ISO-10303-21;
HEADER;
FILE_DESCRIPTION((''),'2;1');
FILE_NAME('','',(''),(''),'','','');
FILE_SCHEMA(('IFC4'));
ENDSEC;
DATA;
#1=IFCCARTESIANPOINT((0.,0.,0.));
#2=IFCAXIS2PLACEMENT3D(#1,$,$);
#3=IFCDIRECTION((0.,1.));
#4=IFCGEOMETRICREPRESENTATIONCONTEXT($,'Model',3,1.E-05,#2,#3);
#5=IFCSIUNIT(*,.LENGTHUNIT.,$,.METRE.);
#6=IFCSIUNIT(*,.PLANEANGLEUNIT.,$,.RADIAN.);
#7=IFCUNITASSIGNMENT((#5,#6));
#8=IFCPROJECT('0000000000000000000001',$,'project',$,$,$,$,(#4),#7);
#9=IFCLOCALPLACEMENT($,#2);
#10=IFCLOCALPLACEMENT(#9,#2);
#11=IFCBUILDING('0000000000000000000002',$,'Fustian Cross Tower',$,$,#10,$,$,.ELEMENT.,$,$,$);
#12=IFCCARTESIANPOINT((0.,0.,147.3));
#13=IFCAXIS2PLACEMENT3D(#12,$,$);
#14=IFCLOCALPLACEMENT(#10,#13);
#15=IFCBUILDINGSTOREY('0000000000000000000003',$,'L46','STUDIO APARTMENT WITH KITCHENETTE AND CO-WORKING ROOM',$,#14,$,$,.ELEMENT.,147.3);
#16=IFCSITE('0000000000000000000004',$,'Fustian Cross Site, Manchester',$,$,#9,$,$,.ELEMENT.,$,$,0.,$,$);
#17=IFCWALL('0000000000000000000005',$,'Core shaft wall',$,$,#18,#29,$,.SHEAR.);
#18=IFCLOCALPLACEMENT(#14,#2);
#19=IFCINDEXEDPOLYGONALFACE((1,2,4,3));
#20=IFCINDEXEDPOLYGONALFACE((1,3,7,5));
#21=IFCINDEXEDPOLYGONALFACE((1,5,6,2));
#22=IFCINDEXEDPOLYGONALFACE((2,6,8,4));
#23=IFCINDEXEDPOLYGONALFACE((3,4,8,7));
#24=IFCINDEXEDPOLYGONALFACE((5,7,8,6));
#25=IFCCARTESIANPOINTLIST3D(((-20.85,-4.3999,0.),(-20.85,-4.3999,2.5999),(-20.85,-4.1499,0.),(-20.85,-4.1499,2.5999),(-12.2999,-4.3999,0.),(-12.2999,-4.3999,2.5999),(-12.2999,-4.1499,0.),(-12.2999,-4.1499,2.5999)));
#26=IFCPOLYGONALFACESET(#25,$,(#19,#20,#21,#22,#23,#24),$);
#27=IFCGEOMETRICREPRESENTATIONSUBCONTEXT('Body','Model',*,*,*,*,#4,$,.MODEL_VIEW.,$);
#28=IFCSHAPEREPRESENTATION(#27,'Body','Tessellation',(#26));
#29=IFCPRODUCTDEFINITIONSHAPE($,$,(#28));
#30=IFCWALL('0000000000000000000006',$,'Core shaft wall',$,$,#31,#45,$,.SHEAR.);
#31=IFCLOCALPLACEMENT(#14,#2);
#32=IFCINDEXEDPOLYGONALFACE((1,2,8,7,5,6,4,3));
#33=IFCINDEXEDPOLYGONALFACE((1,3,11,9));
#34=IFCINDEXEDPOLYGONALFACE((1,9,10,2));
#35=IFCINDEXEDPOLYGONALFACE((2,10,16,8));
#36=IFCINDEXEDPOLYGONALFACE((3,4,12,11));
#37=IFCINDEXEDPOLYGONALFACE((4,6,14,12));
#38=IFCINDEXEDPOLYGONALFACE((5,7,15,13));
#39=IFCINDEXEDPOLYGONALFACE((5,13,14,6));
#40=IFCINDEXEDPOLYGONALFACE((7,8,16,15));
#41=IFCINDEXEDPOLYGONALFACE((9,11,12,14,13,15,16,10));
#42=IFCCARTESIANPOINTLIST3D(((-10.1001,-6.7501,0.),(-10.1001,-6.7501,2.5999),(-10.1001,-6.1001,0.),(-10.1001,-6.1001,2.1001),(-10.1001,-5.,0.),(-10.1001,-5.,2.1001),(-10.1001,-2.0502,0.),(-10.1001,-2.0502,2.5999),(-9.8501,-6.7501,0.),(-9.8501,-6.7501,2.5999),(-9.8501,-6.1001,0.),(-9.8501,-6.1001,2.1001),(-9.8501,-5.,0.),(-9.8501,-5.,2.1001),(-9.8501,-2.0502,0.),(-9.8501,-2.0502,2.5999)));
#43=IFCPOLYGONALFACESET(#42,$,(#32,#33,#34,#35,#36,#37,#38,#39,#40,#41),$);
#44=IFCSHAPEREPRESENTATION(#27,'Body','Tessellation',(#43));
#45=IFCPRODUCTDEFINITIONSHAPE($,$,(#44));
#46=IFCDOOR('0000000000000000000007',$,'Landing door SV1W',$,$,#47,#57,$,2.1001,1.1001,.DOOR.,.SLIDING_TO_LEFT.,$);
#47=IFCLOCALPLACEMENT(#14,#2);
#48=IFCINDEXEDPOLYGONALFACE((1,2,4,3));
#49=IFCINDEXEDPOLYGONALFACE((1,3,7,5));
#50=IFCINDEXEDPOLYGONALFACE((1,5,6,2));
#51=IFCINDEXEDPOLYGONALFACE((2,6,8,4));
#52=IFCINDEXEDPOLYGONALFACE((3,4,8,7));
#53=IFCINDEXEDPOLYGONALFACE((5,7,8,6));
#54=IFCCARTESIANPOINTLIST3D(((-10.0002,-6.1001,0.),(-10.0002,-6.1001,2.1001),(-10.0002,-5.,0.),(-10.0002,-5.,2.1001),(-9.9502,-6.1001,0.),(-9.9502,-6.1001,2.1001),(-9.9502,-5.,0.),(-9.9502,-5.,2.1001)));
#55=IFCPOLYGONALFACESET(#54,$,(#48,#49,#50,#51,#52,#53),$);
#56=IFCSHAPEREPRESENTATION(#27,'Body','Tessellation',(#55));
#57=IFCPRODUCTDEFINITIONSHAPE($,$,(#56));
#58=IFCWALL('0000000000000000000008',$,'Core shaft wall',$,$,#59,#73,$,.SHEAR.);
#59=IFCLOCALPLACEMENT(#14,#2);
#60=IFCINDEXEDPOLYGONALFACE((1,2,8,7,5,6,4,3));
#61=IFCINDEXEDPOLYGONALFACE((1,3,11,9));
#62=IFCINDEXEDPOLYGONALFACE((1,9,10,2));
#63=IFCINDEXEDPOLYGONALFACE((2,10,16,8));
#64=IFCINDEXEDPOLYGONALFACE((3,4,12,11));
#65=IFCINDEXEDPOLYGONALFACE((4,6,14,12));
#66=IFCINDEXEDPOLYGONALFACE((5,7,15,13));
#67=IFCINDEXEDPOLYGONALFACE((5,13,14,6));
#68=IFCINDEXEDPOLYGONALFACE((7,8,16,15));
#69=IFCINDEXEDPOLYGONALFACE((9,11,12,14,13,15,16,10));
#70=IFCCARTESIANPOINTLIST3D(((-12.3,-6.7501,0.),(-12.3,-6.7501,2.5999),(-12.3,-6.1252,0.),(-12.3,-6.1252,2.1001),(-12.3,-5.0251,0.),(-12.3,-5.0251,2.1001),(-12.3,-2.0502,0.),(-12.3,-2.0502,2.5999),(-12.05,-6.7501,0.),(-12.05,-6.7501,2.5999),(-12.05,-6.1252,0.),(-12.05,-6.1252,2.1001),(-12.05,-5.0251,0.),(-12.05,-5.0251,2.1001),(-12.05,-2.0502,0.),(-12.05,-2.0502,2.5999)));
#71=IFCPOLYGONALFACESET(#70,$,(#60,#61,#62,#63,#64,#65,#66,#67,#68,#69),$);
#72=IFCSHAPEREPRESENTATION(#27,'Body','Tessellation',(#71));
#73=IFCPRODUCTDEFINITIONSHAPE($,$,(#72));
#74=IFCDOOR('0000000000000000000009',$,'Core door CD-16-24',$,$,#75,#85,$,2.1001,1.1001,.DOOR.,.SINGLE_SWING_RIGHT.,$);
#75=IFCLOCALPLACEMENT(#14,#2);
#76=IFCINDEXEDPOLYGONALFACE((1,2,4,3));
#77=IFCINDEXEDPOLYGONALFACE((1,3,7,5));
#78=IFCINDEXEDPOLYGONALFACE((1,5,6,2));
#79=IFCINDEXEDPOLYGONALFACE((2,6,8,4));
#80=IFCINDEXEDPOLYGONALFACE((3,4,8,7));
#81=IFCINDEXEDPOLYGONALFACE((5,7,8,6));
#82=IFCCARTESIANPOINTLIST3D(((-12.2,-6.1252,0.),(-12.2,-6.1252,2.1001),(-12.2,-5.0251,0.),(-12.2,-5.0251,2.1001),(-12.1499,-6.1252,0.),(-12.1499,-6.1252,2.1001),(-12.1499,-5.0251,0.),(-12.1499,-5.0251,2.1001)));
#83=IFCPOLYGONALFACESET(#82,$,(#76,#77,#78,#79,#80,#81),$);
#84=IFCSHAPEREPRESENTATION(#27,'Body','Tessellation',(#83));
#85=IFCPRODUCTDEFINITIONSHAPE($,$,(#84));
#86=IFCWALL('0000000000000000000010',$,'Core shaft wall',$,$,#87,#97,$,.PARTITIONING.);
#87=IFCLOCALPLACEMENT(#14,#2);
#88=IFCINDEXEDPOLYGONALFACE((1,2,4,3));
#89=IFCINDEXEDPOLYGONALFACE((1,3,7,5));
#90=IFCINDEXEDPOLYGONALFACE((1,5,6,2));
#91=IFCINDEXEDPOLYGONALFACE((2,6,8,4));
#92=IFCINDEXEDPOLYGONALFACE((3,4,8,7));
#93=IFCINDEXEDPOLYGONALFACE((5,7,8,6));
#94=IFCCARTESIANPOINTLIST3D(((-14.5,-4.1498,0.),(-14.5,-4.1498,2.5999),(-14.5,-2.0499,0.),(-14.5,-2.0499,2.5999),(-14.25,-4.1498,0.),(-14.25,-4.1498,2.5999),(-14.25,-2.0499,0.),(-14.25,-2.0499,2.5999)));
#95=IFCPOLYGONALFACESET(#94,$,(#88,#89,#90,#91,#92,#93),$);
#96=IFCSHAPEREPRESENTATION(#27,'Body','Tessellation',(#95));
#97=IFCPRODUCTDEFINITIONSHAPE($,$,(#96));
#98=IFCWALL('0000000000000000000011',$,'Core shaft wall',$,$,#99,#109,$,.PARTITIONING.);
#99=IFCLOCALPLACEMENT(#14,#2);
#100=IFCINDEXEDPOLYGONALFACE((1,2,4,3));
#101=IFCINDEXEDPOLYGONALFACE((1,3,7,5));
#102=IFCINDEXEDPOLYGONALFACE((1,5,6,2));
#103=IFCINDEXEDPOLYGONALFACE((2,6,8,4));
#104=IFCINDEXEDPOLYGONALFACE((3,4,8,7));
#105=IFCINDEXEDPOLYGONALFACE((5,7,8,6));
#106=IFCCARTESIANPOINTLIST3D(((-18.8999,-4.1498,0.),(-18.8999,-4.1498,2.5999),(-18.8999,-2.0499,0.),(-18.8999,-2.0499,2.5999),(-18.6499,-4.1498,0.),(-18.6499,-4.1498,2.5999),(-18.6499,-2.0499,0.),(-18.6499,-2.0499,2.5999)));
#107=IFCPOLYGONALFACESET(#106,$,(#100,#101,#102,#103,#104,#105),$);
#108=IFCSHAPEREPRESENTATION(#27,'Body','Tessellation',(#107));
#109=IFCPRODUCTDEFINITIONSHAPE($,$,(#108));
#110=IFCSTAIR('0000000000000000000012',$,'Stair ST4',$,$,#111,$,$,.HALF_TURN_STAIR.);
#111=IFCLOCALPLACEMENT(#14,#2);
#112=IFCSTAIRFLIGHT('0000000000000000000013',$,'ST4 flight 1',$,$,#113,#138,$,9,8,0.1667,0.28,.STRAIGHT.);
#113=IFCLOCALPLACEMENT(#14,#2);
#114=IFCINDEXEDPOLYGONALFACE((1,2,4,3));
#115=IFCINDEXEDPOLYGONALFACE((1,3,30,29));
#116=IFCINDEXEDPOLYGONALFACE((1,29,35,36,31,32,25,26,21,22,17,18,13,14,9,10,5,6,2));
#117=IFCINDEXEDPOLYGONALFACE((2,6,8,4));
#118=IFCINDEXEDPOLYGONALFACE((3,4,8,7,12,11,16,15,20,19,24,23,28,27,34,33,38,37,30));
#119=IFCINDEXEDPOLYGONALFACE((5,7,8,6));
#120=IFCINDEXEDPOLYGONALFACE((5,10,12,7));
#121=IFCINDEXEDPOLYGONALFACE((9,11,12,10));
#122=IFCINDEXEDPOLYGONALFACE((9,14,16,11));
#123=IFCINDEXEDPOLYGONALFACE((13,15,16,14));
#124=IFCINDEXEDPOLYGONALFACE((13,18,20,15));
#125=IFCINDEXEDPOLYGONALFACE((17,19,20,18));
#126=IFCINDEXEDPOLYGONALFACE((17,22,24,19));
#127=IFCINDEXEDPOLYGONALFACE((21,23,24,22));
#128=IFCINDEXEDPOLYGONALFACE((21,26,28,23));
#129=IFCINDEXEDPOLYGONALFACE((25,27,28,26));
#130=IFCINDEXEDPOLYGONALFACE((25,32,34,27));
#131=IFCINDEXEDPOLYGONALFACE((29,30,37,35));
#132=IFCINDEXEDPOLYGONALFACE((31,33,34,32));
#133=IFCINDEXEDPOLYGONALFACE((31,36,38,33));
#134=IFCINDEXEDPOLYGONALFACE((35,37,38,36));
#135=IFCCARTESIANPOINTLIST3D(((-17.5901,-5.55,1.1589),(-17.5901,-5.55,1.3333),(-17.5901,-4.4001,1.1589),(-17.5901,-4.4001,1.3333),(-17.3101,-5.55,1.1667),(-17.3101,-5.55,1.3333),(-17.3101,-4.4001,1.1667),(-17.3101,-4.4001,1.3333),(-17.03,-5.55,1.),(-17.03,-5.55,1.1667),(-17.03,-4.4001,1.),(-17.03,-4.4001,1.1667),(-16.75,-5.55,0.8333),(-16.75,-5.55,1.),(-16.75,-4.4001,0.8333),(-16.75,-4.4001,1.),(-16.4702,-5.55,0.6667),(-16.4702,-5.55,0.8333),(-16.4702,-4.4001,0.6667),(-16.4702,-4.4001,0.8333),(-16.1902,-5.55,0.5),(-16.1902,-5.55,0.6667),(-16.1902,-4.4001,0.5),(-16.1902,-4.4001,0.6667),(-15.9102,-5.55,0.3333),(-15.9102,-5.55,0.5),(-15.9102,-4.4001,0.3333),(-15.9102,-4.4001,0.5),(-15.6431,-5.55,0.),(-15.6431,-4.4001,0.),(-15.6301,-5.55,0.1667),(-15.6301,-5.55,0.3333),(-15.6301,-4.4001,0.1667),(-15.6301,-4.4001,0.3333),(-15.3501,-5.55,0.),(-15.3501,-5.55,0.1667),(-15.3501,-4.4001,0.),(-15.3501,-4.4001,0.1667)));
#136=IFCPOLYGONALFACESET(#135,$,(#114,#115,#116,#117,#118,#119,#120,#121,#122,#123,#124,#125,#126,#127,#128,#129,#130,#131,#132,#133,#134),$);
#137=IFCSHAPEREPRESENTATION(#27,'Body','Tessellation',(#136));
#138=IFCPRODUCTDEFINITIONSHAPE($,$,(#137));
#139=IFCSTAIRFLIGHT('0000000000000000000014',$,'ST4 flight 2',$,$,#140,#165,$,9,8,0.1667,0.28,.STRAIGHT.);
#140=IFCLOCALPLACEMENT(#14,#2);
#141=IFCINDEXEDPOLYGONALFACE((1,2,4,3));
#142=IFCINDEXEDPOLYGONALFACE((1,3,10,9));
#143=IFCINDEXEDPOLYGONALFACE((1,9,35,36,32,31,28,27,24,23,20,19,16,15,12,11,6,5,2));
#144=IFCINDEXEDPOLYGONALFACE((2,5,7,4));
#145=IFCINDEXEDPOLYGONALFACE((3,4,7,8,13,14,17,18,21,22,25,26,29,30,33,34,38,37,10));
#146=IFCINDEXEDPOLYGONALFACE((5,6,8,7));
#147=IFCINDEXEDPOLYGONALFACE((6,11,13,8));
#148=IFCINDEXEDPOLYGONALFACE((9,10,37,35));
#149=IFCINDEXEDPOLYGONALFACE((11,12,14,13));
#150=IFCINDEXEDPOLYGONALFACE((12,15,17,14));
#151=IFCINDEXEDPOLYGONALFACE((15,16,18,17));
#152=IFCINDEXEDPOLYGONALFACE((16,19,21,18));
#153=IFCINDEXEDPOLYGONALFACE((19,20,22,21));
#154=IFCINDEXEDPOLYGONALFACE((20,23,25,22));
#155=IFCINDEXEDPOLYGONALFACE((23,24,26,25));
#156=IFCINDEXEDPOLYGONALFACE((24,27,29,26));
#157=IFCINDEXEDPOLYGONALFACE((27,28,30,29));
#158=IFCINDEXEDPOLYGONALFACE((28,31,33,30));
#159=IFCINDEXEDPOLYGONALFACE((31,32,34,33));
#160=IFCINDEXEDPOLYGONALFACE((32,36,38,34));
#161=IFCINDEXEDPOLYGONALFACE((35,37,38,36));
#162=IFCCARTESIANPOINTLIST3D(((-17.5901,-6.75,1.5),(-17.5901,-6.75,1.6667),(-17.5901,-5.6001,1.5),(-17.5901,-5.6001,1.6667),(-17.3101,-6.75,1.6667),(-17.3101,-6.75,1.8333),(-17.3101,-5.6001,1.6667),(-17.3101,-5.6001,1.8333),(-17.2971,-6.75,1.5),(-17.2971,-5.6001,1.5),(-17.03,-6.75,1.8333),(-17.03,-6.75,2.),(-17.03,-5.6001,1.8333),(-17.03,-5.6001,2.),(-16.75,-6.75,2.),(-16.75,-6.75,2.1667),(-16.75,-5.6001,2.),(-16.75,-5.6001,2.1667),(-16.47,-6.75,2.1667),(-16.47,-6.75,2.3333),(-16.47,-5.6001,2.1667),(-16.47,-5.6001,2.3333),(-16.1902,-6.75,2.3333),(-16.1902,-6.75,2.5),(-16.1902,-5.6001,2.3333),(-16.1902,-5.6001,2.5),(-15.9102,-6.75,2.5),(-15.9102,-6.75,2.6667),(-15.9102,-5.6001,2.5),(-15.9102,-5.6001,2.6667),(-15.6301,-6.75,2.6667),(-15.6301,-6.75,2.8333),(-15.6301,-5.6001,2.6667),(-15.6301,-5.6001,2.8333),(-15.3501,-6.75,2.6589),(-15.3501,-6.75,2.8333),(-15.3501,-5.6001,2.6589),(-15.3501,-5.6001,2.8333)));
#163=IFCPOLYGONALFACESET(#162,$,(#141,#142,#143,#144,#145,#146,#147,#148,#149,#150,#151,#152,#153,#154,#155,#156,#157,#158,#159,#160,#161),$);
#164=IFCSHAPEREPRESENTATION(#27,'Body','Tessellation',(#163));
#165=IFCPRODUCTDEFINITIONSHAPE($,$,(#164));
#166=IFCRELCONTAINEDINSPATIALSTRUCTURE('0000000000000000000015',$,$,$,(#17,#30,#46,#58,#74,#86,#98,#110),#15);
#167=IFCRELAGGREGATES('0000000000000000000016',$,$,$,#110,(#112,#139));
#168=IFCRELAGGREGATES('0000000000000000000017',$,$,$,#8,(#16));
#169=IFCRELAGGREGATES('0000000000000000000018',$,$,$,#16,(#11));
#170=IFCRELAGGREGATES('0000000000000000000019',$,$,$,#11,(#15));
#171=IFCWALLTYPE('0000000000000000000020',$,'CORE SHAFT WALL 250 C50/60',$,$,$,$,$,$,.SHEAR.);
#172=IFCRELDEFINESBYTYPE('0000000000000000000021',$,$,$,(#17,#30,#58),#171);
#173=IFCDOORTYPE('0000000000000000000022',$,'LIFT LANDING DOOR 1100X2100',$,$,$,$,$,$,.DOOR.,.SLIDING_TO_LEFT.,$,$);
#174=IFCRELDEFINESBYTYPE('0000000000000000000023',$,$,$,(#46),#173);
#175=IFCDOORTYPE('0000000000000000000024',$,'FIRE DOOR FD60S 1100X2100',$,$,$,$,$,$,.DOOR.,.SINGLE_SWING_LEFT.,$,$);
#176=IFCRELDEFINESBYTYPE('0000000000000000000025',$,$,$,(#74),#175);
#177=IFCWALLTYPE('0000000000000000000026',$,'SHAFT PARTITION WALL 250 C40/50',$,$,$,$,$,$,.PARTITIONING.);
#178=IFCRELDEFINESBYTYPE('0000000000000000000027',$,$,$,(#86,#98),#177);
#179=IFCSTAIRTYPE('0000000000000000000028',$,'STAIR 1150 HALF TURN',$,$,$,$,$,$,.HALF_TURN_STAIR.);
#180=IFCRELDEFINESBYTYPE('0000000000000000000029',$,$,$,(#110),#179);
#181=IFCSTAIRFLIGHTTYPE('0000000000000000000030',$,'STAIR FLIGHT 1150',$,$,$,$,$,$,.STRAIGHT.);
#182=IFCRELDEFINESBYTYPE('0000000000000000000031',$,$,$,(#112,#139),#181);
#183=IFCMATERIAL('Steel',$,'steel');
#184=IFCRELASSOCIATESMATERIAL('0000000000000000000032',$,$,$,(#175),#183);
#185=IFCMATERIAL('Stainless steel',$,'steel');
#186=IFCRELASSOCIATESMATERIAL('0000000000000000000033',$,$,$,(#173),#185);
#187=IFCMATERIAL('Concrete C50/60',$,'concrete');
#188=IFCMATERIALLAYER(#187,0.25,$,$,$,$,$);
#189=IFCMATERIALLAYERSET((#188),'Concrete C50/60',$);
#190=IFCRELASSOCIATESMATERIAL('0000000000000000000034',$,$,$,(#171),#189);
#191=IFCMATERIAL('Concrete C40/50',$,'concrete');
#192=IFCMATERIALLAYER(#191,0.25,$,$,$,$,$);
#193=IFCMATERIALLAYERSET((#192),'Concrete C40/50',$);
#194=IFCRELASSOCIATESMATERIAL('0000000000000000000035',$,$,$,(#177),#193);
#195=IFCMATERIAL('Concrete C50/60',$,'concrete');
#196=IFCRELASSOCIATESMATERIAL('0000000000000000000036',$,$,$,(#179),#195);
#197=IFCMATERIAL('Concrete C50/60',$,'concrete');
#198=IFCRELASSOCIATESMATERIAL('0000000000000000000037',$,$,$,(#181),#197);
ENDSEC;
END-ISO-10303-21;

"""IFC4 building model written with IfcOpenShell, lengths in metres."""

from ifc_helpers import new_model, si_unit, direction, frame, frame_2d, origin, place, context, subcontext, project, spatial, polyline, rectangle, outline, extrude, material, layer, layer_set, type_object, element, fill, aggregate, save


model = new_model("IFC4")

# Units and contexts
model_context = context("Model", 3, precision=1e-05, world=origin(), true_north=direction((0.0, 1.0)))
body_context = subcontext(model_context, "Body", "Model", "MODEL_VIEW")
ifc_project = project(units=[si_unit("LENGTHUNIT", "METRE"), si_unit("PLANEANGLEUNIT", "RADIAN")], contexts=[model_context])

# Site, building, storey
site_placement = place(None, origin())
site = spatial("IfcSite", under=ifc_project, at=site_placement, Name="Fustian Cross Site, Manchester", CompositionType="ELEMENT", RefElevation=0.0)
building_placement = place(site_placement, origin())
building = spatial("IfcBuilding", under=site, at=building_placement, Name="Fustian Cross Tower", CompositionType="ELEMENT")
storey_placement = place(building_placement, frame((0.0, 0.0, 147.3)))
storey = spatial("IfcBuildingStorey", under=building, at=storey_placement, Name="L46", Description="STUDIO APARTMENT WITH KITCHENETTE AND CO-WORKING ROOM", CompositionType="ELEMENT", Elevation=147.3)

# Shared definitions
ifc_material_1 = material(Name="Steel", Category="steel")
door_type_1 = type_object("IfcDoorType", Name="FIRE DOOR FD60S 1100X2100", OperationType="SINGLE_SWING_LEFT", PredefinedType="DOOR", material=ifc_material_1)
ifc_material_2 = material(Name="Stainless steel", Category="steel")
door_type_2 = type_object("IfcDoorType", Name="LIFT LANDING DOOR 1100X2100", OperationType="SLIDING_TO_LEFT", PredefinedType="DOOR", material=ifc_material_2)

# Wall
ifc_material_3 = material(Name="Concrete C50/60", Category="concrete")
ifc_layer_1 = layer(ifc_material_3, 0.25)
ifc_layer_set_1 = layer_set([ifc_layer_1], Name="Concrete C50/60")
wall_type_1 = type_object("IfcWallType", Name="CORE SHAFT WALL 250 C50/60", PredefinedType="SHEAR", material=ifc_layer_set_1)
wall_1_placement = place(storey_placement, frame((-12.3, -4.2749, 0.0), z_axis=(0.0, 0.0, 1.0), x_axis=(-1.0, 0.0, 0.0)))
element("IfcWall", 1, at=wall_1_placement, inside=storey, type_object=wall_type_1, Name="Core shaft wall", PredefinedType="SHEAR", context=body_context, shape_type="SweptSolid", body=[
    extrude(rectangle(XDim=8.55, YDim=0.25, at=frame_2d((4.2749, 0.0))), origin(), (0.0, 0.0, 1.0), 2.5999),
])

# Walls, openings, doors
wall_2_placement = place(storey_placement, frame((-9.9751, -2.05, 0.0), z_axis=(0.0, 0.0, 1.0), x_axis=(0.0, -1.0, 0.0)))
wall_2 = element("IfcWall", 2, at=wall_2_placement, inside=storey, type_object=wall_type_1, Name="Core shaft wall", PredefinedType="SHEAR", context=body_context, shape_type="SweptSolid", body=[
    extrude(rectangle(XDim=4.7, YDim=0.25, at=frame_2d((2.3501, 0.0))), origin(), (0.0, 0.0, 1.0), 2.5999),
])
opening_1_placement = place(wall_2_placement, frame((2.95, 0.0, 0.0)))
opening_1 = element("IfcOpeningElement", 3, at=opening_1_placement, cuts=wall_2, PredefinedType="OPENING", context=body_context, shape_type="SweptSolid", body=[
    extrude(rectangle(XDim=1.1001, YDim=2.1001, at=frame_2d((0.55, 1.05))), frame((0.0, 0.135, 0.0), z_axis=(0.0, -1.0, 0.0), x_axis=(1.0, 0.0, 0.0)), (0.0, 0.0, 1.0), 0.27),
])
door_1_placement = place(opening_1_placement, origin())
door_1 = element("IfcDoor", 4, at=door_1_placement, inside=storey, type_object=door_type_2, Name="Landing door SV1W", OperationType="SLIDING_TO_LEFT", OverallHeight=2.1001, OverallWidth=1.1001, PredefinedType="DOOR", context=body_context, shape_type="SweptSolid", body=[
    extrude(rectangle(XDim=1.1001, YDim=2.1001, at=frame_2d((0.55, 1.05))), frame((0.0, 0.0249, 0.0), z_axis=(0.0, -1.0, 0.0), x_axis=(1.0, 0.0, 0.0)), (0.0, 0.0, 1.0), 0.05),
])
fill(opening_1, door_1)
wall_3_placement = place(storey_placement, frame((-12.175, -2.05, 0.0), z_axis=(0.0, 0.0, 1.0), x_axis=(0.0, -1.0, 0.0)))
wall_3 = element("IfcWall", 5, at=wall_3_placement, inside=storey, type_object=wall_type_1, Name="Core shaft wall", PredefinedType="SHEAR", context=body_context, shape_type="SweptSolid", body=[
    extrude(rectangle(XDim=4.7, YDim=0.25, at=frame_2d((2.3501, 0.0))), origin(), (0.0, 0.0, 1.0), 2.5999),
])
opening_2_placement = place(wall_3_placement, frame((2.9751, 0.0, 0.0)))
opening_2 = element("IfcOpeningElement", 6, at=opening_2_placement, cuts=wall_3, PredefinedType="OPENING", context=body_context, shape_type="SweptSolid", body=[
    extrude(rectangle(XDim=1.1001, YDim=2.1001, at=frame_2d((0.55, 1.05))), frame((0.0, 0.135, 0.0), z_axis=(0.0, -1.0, 0.0), x_axis=(1.0, 0.0, 0.0)), (0.0, 0.0, 1.0), 0.27),
])
door_2_placement = place(opening_2_placement, frame((1.1001, 0.0, 0.0), z_axis=(0.0, 0.0, 1.0), x_axis=(-1.0, 0.0, 0.0)))
door_2 = element("IfcDoor", 7, at=door_2_placement, inside=storey, type_object=door_type_1, Name="Core door CD-16-24", OperationType="SINGLE_SWING_RIGHT", OverallHeight=2.1001, OverallWidth=1.1001, PredefinedType="DOOR", context=body_context, shape_type="SweptSolid", body=[
    extrude(rectangle(XDim=1.1001, YDim=2.1001, at=frame_2d((0.55, 1.05))), frame((0.0, 0.0249, 0.0), z_axis=(0.0, -1.0, 0.0), x_axis=(1.0, 0.0, 0.0)), (0.0, 0.0, 1.0), 0.05),
])
fill(opening_2, door_2)

# Walls
ifc_material_4 = material(Name="Concrete C40/50", Category="concrete")
ifc_layer_2 = layer(ifc_material_4, 0.25)
ifc_layer_set_2 = layer_set([ifc_layer_2], Name="Concrete C40/50")
wall_type_2 = type_object("IfcWallType", Name="SHAFT PARTITION WALL 250 C40/50", PredefinedType="PARTITIONING", material=ifc_layer_set_2)
for number, where, z_axis, x_axis, name in (
    (8, (-14.375, -2.05, 0.0), (0.0, 0.0, 1.0), (0.0, -1.0, 0.0), "Core shaft wall"),
    (9, (-18.7749, -2.05, 0.0), (0.0, 0.0, 1.0), (0.0, -1.0, 0.0), "Core shaft wall"),
):
    element("IfcWall", number, at=place(storey_placement, frame(where, z_axis=z_axis, x_axis=x_axis)), inside=storey, type_object=wall_type_2, Name=name, PredefinedType="PARTITIONING", context=body_context, shape_type="SweptSolid", body=[
        extrude(rectangle(XDim=2.0999, YDim=0.25, at=frame_2d((1.0498, 0.0))), origin(), (0.0, 0.0, 1.0), 2.5999),
    ])

# Stair, stair flights
ifc_material_5 = material(Name="Concrete C50/60", Category="concrete")
stair_type = type_object("IfcStairType", Name="STAIR 1150 HALF TURN", PredefinedType="HALF_TURN_STAIR", material=ifc_material_5)
stair_placement = place(storey_placement, origin())
stair = element("IfcStair", 10, at=stair_placement, inside=storey, type_object=stair_type, Name="Stair ST4", PredefinedType="HALF_TURN_STAIR")
ifc_material_6 = material(Name="Concrete C50/60", Category="concrete")
stair_flight_type = type_object("IfcStairFlightType", Name="STAIR FLIGHT 1150", PredefinedType="STRAIGHT", material=ifc_material_6)
stair_flight_1_placement = place(storey_placement, frame((-15.3501, -4.9751, 0.0), z_axis=(0.0, 0.0, 1.0), x_axis=(-1.0, 0.0, 0.0)))
stair_flight_1 = element("IfcStairFlight", 11, at=stair_flight_1_placement, type_object=stair_flight_type, Name="ST4 flight 1", NumberOfRisers=9, NumberOfTreads=8, PredefinedType="STRAIGHT", RiserHeight=0.1667, TreadLength=0.28, context=body_context, shape_type="SweptSolid", body=[
    extrude(outline(polyline([(0.0, 0.0), (0.0, 0.1667), (0.28, 0.1667), (0.28, 0.3333), (0.5601, 0.3333), (0.5601, 0.5), (0.8401, 0.5), (0.8401, 0.6667), (1.1201, 0.6667), (1.1201, 0.8333), (1.3999, 0.8333), (1.3999, 1.0), (1.6799, 1.0), (1.6799, 1.1667), (1.96, 1.1667), (1.96, 1.3333), (2.24, 1.3333), (2.24, 1.5), (2.24, 1.1589), (0.293, 0.0), (0.0, 0.0)])), frame((0.0, 0.575, 0.0), z_axis=(0.0, -1.0, 0.0), x_axis=(1.0, 0.0, 0.0)), (0.0, 0.0, 1.0), 1.1499),
])
stair_flight_2_placement = place(storey_placement, frame((-17.5901, -6.175, 1.5), z_axis=(0.0, 0.0, 1.0), x_axis=(1.0, 0.0, 0.0)))
stair_flight_2 = element("IfcStairFlight", 12, at=stair_flight_2_placement, type_object=stair_flight_type, Name="ST4 flight 2", NumberOfRisers=9, NumberOfTreads=8, PredefinedType="STRAIGHT", RiserHeight=0.1667, TreadLength=0.28, context=body_context, shape_type="SweptSolid", body=[
    extrude(outline(polyline([(0.0, 0.0), (0.0, 0.1667), (0.28, 0.1667), (0.28, 0.3333), (0.5601, 0.3333), (0.5601, 0.5), (0.8401, 0.5), (0.8401, 0.6667), (1.1201, 0.6667), (1.1201, 0.8333), (1.3999, 0.8333), (1.3999, 1.0), (1.6799, 1.0), (1.6799, 1.1667), (1.96, 1.1667), (1.96, 1.3333), (2.24, 1.3333), (2.24, 1.5), (2.24, 1.1589), (0.293, 0.0), (0.0, 0.0)])), frame((0.0, 0.575, 0.0), z_axis=(0.0, -1.0, 0.0), x_axis=(1.0, 0.0, 0.0)), (0.0, 0.0, 1.0), 1.1499),
])
aggregate(stair, [stair_flight_1, stair_flight_2])

save(model, "model.ifc")
